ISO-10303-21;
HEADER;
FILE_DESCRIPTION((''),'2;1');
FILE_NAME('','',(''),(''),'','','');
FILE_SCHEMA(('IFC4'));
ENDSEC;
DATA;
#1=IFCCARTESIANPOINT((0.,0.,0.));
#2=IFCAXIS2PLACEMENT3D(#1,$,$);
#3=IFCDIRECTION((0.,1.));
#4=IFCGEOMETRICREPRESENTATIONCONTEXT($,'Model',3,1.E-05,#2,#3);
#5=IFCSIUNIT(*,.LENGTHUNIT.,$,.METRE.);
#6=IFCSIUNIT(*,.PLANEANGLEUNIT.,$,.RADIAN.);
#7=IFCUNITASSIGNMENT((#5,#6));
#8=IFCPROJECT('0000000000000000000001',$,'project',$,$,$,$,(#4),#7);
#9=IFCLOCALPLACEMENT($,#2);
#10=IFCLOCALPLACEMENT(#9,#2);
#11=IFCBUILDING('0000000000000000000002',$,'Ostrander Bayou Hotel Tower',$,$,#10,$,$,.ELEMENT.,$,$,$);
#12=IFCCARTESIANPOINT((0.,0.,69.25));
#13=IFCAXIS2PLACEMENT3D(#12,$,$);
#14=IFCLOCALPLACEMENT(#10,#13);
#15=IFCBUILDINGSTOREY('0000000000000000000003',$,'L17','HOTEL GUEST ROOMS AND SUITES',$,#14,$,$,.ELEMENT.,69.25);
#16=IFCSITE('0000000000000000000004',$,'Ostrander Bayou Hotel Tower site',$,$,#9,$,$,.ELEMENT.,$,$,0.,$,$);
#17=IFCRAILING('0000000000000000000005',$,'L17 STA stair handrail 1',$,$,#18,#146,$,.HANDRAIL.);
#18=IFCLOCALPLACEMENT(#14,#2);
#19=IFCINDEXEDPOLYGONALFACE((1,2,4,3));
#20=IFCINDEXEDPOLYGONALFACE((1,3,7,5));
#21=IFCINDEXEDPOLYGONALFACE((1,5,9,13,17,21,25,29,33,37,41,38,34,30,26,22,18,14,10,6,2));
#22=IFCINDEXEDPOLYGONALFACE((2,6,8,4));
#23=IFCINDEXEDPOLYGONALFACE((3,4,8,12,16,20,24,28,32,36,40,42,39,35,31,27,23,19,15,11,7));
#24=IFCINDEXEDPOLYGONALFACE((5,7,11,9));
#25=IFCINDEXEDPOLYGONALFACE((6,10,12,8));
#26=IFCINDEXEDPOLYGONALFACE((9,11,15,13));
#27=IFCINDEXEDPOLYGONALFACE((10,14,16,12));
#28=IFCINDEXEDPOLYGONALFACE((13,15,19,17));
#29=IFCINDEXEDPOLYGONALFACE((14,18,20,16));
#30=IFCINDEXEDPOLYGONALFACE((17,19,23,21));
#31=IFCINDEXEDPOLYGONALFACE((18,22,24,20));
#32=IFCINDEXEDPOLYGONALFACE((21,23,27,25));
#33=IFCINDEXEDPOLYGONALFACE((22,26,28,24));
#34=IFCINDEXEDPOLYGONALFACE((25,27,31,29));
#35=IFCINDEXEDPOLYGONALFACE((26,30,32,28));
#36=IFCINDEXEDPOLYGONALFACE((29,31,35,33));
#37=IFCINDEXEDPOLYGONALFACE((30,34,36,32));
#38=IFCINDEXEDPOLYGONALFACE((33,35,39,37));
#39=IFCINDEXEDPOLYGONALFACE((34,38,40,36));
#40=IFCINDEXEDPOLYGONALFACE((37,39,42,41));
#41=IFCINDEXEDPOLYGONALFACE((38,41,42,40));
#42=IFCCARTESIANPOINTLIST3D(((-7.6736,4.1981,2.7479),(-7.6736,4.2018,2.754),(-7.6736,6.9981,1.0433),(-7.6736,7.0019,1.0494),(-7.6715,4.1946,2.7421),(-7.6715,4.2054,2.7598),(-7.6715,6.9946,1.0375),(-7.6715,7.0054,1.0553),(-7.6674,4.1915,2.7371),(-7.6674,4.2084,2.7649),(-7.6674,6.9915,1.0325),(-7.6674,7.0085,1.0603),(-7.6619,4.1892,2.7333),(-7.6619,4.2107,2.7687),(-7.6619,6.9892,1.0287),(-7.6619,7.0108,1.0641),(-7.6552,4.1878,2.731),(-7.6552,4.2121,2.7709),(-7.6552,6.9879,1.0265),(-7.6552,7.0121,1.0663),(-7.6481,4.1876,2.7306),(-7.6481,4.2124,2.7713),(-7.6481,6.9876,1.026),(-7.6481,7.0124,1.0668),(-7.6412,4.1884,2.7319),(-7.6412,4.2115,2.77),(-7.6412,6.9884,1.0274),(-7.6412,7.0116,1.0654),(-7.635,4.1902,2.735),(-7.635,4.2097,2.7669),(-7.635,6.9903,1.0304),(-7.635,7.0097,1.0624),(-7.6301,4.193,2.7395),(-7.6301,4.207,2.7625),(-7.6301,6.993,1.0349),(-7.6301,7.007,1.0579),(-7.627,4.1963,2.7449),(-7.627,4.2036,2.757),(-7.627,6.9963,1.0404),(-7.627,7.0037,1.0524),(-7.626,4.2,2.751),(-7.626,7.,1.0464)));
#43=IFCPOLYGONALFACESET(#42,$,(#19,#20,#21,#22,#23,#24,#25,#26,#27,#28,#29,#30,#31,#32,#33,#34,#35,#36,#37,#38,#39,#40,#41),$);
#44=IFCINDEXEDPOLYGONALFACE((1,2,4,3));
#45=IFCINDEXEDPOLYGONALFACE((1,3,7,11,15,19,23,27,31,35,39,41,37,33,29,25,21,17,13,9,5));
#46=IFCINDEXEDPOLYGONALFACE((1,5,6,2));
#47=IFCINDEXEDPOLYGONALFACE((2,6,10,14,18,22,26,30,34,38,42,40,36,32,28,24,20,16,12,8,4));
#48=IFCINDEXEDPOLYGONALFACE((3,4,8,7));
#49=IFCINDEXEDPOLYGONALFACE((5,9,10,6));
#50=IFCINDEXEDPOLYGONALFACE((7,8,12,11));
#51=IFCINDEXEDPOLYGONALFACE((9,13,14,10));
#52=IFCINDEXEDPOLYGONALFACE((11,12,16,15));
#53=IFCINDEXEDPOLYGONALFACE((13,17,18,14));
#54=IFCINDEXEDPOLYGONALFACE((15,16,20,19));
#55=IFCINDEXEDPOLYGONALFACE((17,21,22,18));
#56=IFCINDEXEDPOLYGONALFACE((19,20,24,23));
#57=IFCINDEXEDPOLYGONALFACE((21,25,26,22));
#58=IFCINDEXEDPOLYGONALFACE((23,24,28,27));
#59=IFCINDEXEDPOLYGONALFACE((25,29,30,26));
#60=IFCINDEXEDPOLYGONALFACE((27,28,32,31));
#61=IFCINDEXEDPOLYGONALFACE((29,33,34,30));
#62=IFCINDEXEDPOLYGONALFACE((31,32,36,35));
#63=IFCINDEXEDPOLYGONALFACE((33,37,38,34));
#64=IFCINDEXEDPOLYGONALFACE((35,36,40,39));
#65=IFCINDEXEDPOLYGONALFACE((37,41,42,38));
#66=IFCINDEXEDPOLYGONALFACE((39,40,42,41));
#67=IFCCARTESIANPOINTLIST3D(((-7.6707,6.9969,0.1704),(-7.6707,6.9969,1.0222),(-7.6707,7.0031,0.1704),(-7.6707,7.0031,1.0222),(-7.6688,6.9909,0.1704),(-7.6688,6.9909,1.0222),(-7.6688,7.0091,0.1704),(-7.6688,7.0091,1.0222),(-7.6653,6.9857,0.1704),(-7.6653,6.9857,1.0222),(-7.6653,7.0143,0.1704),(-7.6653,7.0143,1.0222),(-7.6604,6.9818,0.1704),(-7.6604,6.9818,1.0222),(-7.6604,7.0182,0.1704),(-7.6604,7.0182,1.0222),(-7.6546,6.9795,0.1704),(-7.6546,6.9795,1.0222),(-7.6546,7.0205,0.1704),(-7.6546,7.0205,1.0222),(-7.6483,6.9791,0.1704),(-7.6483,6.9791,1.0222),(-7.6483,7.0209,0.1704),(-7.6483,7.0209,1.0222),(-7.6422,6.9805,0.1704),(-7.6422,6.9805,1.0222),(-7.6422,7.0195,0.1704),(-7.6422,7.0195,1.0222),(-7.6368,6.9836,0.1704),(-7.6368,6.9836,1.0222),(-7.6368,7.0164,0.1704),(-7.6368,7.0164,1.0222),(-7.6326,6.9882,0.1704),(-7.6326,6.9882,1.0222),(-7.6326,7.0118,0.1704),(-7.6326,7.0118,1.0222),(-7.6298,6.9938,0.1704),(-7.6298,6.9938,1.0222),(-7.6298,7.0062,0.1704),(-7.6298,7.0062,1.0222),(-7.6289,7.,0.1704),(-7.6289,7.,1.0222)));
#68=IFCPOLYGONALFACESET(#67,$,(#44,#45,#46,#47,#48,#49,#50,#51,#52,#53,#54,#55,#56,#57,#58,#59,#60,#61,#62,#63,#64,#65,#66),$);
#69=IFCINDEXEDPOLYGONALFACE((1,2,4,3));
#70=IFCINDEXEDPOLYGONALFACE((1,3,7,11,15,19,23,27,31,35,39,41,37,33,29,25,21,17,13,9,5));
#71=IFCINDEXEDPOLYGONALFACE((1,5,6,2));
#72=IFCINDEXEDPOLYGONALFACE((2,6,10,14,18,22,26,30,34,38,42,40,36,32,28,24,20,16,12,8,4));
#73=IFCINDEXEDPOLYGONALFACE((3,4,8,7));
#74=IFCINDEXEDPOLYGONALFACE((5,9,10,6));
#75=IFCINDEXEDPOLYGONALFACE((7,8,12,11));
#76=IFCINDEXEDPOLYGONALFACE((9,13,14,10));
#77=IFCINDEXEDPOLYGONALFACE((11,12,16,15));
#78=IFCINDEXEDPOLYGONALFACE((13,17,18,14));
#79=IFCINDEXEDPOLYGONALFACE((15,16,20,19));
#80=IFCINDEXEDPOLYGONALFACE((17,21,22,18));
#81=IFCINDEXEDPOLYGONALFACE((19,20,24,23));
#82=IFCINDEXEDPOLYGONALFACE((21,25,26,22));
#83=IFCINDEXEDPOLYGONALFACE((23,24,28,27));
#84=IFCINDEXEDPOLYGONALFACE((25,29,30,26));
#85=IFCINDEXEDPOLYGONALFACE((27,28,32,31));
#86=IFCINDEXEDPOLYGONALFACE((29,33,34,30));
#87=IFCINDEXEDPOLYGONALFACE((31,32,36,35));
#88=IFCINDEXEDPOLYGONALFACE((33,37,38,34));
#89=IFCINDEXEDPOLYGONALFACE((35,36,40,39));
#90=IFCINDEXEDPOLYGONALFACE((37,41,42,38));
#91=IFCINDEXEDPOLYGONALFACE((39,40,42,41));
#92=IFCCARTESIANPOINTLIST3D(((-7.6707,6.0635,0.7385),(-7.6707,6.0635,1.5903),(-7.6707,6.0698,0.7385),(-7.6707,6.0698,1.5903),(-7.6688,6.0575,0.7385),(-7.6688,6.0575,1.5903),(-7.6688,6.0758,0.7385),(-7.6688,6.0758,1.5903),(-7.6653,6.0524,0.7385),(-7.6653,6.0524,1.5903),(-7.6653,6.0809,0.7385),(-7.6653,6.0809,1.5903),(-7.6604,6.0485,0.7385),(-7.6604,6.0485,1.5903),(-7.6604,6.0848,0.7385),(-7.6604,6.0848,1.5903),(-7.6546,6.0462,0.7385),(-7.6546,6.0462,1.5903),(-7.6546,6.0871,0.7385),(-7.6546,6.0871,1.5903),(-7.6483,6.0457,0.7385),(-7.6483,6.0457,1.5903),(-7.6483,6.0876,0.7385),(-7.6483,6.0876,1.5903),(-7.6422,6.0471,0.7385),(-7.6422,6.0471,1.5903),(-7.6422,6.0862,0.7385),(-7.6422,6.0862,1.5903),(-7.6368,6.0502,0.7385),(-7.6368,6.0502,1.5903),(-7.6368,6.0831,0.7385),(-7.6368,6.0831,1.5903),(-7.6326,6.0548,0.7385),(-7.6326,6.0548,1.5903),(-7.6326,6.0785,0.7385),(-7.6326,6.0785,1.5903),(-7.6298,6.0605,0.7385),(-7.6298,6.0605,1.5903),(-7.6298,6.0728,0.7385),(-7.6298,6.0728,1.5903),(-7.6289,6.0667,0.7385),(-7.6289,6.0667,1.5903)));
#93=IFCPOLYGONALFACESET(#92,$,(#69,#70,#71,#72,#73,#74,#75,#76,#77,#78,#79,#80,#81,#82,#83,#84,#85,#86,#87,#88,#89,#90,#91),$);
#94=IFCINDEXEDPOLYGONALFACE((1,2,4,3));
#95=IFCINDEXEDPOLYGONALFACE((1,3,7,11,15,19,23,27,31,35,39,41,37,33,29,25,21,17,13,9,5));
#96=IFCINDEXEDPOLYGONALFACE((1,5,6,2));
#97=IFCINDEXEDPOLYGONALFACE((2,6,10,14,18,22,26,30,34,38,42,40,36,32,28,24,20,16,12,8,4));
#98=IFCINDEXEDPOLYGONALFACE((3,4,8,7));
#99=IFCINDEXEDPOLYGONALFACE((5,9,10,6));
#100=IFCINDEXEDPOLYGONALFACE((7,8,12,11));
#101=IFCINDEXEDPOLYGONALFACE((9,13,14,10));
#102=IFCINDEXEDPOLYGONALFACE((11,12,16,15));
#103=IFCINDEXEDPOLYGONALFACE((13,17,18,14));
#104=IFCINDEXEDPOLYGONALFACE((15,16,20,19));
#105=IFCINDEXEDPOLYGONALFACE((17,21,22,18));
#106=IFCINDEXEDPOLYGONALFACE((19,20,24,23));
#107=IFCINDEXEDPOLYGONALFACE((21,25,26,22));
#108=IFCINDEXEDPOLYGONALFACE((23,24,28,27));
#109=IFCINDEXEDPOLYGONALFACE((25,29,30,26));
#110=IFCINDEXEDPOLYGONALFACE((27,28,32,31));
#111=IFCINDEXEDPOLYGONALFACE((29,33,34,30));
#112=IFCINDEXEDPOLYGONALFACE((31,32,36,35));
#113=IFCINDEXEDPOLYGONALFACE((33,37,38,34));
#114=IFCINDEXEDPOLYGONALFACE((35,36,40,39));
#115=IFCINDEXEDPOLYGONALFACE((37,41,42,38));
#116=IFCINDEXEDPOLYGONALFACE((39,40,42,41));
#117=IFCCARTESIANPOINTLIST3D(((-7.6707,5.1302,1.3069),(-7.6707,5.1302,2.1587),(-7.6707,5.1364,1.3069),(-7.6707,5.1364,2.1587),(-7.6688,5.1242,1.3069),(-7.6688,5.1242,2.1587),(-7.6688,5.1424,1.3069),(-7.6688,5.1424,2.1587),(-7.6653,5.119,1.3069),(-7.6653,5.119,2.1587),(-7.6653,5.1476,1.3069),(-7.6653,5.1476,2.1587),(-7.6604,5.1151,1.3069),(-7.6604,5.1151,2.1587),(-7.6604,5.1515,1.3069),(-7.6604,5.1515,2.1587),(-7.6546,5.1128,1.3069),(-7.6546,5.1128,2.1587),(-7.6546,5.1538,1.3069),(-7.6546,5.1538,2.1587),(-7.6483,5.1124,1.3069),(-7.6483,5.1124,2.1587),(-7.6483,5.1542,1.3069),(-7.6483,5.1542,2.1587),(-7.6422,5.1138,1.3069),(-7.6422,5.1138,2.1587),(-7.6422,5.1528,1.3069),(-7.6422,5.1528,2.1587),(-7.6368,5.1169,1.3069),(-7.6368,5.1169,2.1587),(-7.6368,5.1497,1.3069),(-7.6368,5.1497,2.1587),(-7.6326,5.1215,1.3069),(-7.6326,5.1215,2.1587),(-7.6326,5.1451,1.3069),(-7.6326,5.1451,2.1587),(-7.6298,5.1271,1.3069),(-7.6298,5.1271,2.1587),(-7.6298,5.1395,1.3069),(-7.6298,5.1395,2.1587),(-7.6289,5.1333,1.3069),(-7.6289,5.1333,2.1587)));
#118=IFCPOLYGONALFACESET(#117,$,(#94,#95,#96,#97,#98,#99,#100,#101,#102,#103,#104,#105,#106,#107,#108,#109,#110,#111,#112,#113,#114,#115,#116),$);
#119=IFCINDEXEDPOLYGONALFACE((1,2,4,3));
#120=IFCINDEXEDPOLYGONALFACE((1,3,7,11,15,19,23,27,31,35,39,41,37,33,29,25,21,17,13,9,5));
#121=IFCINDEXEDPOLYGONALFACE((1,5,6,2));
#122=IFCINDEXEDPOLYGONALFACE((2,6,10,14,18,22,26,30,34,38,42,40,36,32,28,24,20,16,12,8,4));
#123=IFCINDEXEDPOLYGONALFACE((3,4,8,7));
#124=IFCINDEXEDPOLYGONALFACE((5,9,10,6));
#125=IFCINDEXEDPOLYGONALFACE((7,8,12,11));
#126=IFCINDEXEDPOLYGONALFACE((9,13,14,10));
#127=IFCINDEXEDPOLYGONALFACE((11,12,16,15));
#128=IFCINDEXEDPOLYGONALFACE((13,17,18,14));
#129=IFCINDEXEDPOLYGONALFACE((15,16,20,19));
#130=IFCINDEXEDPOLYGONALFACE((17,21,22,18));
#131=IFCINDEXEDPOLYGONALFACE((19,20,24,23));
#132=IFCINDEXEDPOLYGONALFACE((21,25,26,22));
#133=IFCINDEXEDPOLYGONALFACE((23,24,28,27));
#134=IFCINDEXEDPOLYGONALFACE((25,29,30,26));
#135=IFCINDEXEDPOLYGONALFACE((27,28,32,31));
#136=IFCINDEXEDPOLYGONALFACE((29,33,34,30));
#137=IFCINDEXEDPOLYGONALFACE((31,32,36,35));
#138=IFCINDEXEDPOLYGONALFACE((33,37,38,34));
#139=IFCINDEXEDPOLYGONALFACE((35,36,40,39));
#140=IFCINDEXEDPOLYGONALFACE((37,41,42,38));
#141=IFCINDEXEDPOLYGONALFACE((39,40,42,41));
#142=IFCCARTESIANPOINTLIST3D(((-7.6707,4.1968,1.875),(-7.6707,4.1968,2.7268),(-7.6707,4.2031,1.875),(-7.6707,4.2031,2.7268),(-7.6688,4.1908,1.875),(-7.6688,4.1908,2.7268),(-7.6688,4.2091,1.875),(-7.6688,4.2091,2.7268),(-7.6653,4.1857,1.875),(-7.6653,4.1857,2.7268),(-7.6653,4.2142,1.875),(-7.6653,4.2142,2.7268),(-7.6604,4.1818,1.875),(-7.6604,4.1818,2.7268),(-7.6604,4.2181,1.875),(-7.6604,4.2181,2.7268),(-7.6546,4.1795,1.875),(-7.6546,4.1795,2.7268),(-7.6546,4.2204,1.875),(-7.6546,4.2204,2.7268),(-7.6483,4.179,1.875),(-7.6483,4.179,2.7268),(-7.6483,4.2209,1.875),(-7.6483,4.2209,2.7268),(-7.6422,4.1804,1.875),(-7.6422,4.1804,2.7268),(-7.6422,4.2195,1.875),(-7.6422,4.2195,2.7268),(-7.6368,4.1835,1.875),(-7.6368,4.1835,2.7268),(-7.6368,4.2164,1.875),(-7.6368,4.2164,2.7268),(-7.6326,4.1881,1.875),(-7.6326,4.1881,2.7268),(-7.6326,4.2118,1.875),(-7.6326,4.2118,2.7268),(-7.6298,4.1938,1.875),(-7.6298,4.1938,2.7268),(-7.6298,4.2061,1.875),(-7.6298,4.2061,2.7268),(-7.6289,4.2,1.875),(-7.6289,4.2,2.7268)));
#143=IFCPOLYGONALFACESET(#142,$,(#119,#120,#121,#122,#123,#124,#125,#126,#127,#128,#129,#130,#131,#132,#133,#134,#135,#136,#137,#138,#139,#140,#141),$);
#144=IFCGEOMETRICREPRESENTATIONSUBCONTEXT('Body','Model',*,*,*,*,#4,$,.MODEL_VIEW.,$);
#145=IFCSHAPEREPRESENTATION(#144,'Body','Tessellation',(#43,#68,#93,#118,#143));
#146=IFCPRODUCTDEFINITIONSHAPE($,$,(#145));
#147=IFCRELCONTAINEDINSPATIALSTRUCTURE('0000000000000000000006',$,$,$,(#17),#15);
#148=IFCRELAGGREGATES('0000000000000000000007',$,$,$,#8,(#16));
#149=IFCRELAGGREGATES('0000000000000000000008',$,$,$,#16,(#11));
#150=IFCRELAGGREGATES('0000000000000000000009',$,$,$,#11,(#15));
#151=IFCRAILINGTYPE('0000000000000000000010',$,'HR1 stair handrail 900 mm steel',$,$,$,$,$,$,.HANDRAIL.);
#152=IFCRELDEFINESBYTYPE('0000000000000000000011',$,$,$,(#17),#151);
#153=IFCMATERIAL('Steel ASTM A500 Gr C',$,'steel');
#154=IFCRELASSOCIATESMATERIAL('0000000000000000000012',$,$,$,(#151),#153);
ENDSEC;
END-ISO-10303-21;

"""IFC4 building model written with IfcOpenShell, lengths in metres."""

from ifc_helpers import new_model, si_unit, direction, frame, origin, origin_2d, place, context, subcontext, project, spatial, circle, extrude, material, type_object, element, save


model = new_model("IFC4")

# Units and contexts
model_context = context("Model", 3, precision=1e-05, world=origin(), true_north=direction((0.0, 1.0)))
body_context = subcontext(model_context, "Body", "Model", "MODEL_VIEW")
ifc_project = project(units=[si_unit("LENGTHUNIT", "METRE"), si_unit("PLANEANGLEUNIT", "RADIAN")], contexts=[model_context])

# Site, building, storey
site_placement = place(None, origin())
site = spatial("IfcSite", under=ifc_project, at=site_placement, Name="Ostrander Bayou Hotel Tower site", CompositionType="ELEMENT", RefElevation=0.0)
building_placement = place(site_placement, origin())
building = spatial("IfcBuilding", under=site, at=building_placement, Name="Ostrander Bayou Hotel Tower", CompositionType="ELEMENT")
storey_placement = place(building_placement, frame((0.0, 0.0, 69.25)))
storey = spatial("IfcBuildingStorey", under=building, at=storey_placement, Name="L17", Description="HOTEL GUEST ROOMS AND SUITES", CompositionType="ELEMENT", Elevation=69.25)

# Railing
ifc_material_1 = material(Name="Steel ASTM A500 Gr C", Category="steel")
railing_type_1 = type_object("IfcRailingType", Name="HR1 stair handrail 900 mm steel", PredefinedType="HANDRAIL", material=ifc_material_1)
railing_1_placement = place(storey_placement, frame((-7.6499, 7.0, 0.1704)))
element("IfcRailing", 1, at=railing_1_placement, inside=storey, type_object=railing_type_1, Name="L17 STA stair handrail 1", PredefinedType="HANDRAIL", context=body_context, shape_type="SweptSolid", body=[
    extrude(circle(Radius=0.0239, at=origin_2d()), frame((0.0, 0.0, 0.876), z_axis=(0.0, -0.85417, 0.519994), x_axis=(1.0, 0.0, 0.0)), (0.0, 0.0, 1.0), 3.2781),
    extrude(circle(Radius=0.021, at=origin_2d()), origin(), (0.0, 0.0, 1.0), 0.8518),
    extrude(circle(Radius=0.021, at=origin_2d()), frame((0.0, -0.9333, 0.5681)), (0.0, 0.0, 1.0), 0.8518),
    extrude(circle(Radius=0.021, at=origin_2d()), frame((0.0, -1.8667, 1.1365)), (0.0, 0.0, 1.0), 0.8518),
    extrude(circle(Radius=0.021, at=origin_2d()), frame((0.0, -2.8, 1.7046)), (0.0, 0.0, 1.0), 0.8518),
])

save(model, "model.ifc")
